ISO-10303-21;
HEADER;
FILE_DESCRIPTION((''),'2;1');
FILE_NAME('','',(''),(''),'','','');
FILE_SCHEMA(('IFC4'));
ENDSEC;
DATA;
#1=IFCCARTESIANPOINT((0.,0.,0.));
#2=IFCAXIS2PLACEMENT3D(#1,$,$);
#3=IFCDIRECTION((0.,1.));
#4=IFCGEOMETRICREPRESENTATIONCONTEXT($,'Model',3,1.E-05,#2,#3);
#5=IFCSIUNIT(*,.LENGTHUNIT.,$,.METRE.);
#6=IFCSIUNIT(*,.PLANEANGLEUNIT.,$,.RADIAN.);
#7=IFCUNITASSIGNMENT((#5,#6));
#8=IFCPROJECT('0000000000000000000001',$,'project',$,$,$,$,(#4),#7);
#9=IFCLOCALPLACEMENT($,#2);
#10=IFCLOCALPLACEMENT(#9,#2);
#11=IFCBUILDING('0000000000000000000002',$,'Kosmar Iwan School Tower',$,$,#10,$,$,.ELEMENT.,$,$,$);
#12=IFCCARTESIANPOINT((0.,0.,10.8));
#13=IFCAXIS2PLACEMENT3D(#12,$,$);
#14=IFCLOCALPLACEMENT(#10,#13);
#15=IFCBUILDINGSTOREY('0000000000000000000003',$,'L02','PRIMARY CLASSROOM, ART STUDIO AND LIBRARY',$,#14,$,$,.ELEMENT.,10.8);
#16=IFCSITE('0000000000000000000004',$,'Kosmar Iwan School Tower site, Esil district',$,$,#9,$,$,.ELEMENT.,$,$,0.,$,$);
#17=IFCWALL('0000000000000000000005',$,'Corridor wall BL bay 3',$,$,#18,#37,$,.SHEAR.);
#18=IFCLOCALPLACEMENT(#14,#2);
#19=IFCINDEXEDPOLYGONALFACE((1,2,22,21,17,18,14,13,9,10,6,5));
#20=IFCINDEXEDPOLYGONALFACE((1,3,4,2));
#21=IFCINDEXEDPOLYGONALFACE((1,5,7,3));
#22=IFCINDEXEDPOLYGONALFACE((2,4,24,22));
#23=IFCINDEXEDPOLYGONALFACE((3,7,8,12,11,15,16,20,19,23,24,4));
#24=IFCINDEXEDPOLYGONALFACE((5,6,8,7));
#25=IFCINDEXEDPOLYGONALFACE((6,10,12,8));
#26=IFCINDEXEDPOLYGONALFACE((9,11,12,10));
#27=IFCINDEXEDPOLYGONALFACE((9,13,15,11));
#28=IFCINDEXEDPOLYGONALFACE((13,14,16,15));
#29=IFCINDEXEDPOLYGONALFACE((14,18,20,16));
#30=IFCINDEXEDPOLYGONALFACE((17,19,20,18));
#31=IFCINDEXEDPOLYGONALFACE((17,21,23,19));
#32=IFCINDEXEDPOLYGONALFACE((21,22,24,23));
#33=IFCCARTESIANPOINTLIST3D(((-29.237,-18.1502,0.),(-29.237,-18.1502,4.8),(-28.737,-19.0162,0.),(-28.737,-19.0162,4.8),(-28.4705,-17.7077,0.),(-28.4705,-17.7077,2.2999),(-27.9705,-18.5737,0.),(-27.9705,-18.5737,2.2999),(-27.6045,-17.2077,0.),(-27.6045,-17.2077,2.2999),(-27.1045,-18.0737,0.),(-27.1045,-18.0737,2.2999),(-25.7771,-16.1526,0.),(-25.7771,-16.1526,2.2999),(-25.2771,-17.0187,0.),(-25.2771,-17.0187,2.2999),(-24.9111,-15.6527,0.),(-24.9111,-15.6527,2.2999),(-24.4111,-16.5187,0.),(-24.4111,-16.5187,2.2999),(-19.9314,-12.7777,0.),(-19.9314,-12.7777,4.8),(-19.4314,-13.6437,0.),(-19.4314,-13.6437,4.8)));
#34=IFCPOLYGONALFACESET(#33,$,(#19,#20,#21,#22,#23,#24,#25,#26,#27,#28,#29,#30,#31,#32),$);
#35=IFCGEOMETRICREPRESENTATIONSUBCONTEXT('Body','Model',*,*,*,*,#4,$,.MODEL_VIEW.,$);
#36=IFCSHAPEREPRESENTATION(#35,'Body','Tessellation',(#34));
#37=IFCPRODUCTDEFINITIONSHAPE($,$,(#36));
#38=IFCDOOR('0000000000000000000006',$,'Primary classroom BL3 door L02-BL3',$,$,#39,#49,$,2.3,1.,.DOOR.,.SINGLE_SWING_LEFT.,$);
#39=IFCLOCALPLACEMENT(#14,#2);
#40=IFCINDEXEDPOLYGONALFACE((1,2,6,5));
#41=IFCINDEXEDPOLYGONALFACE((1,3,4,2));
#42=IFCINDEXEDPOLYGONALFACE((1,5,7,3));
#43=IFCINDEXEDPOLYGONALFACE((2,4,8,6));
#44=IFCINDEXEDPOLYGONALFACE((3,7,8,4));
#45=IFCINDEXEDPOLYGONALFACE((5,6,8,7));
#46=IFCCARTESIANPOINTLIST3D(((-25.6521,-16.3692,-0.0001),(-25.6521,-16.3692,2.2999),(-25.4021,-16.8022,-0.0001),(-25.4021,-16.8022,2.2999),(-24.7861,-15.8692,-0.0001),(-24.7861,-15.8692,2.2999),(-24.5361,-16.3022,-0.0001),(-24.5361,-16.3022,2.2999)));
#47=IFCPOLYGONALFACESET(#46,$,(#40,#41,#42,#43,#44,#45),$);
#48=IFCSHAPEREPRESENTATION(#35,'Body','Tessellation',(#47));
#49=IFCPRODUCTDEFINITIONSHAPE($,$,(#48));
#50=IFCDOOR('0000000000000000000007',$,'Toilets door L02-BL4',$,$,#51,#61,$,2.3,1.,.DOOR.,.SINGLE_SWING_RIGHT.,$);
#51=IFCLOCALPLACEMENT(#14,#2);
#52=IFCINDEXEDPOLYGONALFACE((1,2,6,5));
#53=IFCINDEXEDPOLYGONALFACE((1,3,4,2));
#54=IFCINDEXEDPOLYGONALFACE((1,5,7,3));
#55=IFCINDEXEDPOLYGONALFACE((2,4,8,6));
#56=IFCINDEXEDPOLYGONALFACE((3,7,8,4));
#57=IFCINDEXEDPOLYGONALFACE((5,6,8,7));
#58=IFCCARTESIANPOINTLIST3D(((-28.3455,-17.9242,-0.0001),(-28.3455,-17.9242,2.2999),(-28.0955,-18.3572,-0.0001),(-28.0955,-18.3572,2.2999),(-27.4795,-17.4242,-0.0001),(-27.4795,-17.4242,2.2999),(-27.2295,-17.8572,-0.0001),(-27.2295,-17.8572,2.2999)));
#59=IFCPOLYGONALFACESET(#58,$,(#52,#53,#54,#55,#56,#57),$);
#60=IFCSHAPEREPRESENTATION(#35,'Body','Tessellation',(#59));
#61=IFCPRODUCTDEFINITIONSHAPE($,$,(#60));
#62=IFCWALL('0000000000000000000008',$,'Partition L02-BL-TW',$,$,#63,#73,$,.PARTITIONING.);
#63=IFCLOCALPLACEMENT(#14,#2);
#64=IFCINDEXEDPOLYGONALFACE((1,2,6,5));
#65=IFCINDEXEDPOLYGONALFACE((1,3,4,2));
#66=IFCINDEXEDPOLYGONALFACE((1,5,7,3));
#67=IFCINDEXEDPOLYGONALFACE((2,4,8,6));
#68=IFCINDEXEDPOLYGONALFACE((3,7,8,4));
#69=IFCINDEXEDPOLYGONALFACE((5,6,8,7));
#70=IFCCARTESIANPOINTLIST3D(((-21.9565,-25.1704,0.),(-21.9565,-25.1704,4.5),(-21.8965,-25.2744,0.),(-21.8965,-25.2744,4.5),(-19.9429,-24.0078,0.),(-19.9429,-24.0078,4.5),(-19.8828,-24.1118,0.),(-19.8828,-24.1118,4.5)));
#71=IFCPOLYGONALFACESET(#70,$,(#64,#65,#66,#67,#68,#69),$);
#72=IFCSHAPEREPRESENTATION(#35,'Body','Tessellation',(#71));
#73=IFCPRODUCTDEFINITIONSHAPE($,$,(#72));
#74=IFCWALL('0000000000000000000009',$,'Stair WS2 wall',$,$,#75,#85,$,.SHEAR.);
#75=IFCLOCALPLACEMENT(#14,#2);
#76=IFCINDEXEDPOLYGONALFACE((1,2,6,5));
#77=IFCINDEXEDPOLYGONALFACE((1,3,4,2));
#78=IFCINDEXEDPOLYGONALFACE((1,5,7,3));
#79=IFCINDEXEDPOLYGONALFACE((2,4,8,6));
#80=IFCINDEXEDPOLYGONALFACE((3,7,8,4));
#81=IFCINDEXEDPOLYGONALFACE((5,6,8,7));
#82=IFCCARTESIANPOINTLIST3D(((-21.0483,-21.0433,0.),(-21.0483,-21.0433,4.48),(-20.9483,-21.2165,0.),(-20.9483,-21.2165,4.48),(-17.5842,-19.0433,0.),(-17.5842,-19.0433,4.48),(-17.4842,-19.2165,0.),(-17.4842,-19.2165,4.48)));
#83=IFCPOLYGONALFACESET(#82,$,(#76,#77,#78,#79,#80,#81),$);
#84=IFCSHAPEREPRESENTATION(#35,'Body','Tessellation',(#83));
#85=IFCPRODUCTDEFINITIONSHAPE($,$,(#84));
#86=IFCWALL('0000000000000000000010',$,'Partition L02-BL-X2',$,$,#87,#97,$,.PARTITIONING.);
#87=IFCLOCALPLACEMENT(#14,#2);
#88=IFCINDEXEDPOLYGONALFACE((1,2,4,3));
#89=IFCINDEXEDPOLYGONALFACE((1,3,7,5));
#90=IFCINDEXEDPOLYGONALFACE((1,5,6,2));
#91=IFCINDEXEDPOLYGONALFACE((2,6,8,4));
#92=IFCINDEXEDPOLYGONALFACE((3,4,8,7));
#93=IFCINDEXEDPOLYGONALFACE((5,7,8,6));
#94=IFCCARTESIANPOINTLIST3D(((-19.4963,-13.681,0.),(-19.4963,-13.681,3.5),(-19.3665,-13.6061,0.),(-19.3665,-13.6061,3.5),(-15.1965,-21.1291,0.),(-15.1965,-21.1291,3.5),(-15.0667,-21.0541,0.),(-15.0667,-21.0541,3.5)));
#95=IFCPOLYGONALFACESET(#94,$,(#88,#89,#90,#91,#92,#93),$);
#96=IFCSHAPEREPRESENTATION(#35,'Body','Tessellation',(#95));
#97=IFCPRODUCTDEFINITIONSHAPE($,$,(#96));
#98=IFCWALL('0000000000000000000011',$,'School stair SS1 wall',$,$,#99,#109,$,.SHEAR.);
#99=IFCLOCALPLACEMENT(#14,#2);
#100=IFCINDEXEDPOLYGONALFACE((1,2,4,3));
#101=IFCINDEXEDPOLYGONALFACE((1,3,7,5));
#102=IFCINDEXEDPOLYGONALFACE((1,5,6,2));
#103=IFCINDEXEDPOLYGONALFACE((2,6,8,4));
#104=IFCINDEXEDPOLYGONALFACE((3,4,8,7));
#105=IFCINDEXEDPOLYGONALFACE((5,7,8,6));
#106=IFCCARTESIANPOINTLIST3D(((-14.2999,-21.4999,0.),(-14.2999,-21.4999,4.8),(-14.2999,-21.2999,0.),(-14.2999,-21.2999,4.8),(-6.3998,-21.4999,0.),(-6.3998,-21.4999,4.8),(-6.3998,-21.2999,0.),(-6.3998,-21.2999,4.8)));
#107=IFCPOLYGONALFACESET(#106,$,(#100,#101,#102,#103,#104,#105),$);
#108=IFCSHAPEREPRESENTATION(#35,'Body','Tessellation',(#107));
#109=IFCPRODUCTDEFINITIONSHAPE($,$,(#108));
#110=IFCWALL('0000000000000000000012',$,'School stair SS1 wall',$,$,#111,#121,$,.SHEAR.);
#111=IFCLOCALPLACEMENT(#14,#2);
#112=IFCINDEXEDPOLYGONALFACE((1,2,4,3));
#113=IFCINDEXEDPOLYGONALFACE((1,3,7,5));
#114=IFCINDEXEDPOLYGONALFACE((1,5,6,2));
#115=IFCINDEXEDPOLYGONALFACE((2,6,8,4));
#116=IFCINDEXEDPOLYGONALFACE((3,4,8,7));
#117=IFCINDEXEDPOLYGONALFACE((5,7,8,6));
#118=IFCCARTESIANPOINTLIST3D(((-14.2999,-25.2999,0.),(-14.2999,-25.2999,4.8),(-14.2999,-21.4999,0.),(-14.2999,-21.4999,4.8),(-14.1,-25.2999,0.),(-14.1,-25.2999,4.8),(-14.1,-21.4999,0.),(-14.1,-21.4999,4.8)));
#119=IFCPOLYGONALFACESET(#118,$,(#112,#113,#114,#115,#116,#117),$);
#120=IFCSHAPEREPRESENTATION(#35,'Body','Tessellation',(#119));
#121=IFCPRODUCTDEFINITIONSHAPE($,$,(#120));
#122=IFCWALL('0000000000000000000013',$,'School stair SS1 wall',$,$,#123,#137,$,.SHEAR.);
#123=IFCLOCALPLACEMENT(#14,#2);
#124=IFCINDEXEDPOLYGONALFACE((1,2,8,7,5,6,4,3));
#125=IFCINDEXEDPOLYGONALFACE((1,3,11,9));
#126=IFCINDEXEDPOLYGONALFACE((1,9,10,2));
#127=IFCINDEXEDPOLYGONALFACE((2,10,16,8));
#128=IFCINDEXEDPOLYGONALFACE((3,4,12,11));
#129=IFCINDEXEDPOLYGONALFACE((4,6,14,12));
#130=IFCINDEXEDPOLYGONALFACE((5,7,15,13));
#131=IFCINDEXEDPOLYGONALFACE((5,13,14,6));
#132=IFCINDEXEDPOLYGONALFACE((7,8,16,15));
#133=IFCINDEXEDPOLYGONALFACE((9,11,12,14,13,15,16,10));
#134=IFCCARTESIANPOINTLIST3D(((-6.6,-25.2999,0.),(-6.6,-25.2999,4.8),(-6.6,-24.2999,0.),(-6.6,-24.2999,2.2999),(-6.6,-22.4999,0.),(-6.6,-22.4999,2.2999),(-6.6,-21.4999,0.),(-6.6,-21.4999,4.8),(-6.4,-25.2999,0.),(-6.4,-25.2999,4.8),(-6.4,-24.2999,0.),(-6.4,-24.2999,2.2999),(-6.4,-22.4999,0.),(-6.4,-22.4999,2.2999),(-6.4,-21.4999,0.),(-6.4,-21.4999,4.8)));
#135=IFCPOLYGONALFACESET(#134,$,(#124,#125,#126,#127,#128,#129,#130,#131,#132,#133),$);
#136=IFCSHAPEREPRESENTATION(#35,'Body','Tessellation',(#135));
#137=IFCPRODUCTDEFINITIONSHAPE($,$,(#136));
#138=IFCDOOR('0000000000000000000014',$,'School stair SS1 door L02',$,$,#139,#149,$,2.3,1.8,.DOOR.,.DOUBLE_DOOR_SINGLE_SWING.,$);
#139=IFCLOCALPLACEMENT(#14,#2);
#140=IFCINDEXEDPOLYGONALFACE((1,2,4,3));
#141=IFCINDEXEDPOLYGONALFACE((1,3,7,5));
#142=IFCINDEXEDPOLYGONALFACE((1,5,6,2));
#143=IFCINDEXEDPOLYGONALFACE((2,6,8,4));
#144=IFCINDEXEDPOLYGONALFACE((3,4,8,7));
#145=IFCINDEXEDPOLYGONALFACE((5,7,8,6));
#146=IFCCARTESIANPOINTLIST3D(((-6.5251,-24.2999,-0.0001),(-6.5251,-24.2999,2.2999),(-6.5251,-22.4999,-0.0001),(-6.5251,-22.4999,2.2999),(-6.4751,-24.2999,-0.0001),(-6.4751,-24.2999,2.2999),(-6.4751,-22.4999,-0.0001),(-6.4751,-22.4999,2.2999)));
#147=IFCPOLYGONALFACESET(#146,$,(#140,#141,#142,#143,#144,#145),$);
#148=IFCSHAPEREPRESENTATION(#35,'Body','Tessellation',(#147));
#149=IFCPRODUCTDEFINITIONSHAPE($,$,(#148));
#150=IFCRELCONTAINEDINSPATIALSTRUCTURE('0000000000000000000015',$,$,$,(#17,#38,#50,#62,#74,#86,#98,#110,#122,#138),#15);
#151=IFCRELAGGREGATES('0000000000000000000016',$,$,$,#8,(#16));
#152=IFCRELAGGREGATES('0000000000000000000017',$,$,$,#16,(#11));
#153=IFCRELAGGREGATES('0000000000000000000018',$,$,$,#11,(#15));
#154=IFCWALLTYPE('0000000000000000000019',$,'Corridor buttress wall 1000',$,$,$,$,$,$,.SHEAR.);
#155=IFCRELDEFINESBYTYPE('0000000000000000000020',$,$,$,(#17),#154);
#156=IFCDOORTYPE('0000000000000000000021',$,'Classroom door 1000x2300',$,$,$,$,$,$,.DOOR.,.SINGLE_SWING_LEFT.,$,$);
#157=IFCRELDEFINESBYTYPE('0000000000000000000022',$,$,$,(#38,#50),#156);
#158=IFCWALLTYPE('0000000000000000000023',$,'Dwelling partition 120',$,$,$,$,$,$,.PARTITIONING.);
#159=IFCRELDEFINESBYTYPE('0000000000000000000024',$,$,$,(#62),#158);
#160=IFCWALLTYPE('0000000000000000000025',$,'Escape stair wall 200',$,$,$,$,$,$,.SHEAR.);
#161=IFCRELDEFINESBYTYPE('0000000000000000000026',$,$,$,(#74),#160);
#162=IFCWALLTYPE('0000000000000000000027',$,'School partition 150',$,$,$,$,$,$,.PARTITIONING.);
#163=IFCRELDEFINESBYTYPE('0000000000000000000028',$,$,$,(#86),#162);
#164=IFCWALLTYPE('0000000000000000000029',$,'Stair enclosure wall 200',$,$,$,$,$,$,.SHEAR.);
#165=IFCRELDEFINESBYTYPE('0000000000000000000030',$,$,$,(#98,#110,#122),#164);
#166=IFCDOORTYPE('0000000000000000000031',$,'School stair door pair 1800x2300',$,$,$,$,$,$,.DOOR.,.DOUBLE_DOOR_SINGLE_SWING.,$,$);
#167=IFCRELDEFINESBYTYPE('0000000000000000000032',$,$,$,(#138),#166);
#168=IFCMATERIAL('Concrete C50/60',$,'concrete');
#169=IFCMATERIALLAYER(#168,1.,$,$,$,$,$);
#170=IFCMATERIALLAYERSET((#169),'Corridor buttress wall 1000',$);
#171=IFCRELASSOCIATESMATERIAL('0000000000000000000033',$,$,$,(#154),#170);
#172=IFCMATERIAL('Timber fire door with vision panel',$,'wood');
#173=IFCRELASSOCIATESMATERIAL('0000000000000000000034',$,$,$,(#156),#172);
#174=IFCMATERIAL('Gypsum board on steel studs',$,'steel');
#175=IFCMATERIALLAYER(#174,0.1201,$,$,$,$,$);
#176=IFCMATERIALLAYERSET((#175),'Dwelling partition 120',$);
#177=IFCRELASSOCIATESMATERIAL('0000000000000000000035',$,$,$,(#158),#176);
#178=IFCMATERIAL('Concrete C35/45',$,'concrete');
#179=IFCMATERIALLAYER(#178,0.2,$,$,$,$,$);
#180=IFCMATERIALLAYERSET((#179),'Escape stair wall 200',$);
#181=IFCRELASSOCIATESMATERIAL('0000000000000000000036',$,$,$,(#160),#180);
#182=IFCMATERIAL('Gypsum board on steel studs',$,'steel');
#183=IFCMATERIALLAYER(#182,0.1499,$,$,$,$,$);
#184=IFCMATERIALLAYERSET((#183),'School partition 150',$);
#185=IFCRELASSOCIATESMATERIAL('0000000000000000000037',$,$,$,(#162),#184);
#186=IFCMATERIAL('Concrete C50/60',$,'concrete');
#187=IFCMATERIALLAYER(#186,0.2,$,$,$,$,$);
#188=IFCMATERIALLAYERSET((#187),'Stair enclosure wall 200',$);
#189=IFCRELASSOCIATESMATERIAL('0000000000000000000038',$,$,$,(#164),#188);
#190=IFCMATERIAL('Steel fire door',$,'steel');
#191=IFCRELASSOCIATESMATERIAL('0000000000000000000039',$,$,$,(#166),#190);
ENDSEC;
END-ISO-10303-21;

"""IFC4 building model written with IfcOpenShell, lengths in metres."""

from ifc_helpers import new_model, si_unit, direction, frame, frame_2d, origin, place, context, subcontext, project, spatial, rectangle, extrude, material, layer, layer_set, type_object, element, fill, save


model = new_model("IFC4")

# Units and contexts
model_context = context("Model", 3, precision=1e-05, world=origin(), true_north=direction((0.0, 1.0)))
body_context = subcontext(model_context, "Body", "Model", "MODEL_VIEW")
ifc_project = project(units=[si_unit("LENGTHUNIT", "METRE"), si_unit("PLANEANGLEUNIT", "RADIAN")], contexts=[model_context])

# Site, building, storey
site_placement = place(None, origin())
site = spatial("IfcSite", under=ifc_project, at=site_placement, Name="Kosmar Iwan School Tower site, Esil district", CompositionType="ELEMENT", RefElevation=0.0)
building_placement = place(site_placement, origin())
building = spatial("IfcBuilding", under=site, at=building_placement, Name="Kosmar Iwan School Tower", CompositionType="ELEMENT")
storey_placement = place(building_placement, frame((0.0, 0.0, 10.8)))
storey = spatial("IfcBuildingStorey", under=building, at=storey_placement, Name="L02", Description="PRIMARY CLASSROOM, ART STUDIO AND LIBRARY", CompositionType="ELEMENT", Elevation=10.8)

# Wall, openings, doors
ifc_material_1 = material(Name="Concrete C50/60", Category="concrete")
ifc_layer_1 = layer(ifc_material_1, 1.0)
ifc_layer_set_1 = layer_set([ifc_layer_1], Name="Corridor buttress wall 1000")
wall_type_1 = type_object("IfcWallType", Name="Corridor buttress wall 1000", PredefinedType="SHEAR", material=ifc_layer_set_1)
wall_1_placement = place(storey_placement, frame((-19.6814, -13.2107, 0.0), z_axis=(0.0, 0.0, 1.0), x_axis=(-0.866028, -0.499995, 0.0)))
wall_1 = element("IfcWall", 1, at=wall_1_placement, inside=storey, type_object=wall_type_1, Name="Corridor wall BL bay 3", PredefinedType="SHEAR", context=body_context, shape_type="SweptSolid", body=[
    extrude(rectangle(XDim=10.7451, YDim=1.0, at=frame_2d((5.3726, 0.0))), origin(), (0.0, 0.0, 1.0), 4.8),
])
opening_1_placement = place(wall_1_placement, frame((5.75, 0.0, 0.0)))
opening_1 = element("IfcOpeningElement", 2, at=opening_1_placement, cuts=wall_1, PredefinedType="OPENING", context=body_context, shape_type="SweptSolid", body=[
    extrude(rectangle(XDim=1.0, YDim=2.3, at=frame_2d((0.5, 1.1499))), frame((0.0, 0.512, 0.0), z_axis=(0.0, -1.0, 0.0), x_axis=(1.0, 0.0, 0.0)), (0.0, 0.0, 1.0), 1.0239),
])
opening_2_placement = place(wall_1_placement, frame((8.8601, 0.0, 0.0)))
opening_2 = element("IfcOpeningElement", 3, at=opening_2_placement, cuts=wall_1, PredefinedType="OPENING", context=body_context, shape_type="SweptSolid", body=[
    extrude(rectangle(XDim=1.0, YDim=2.3, at=frame_2d((0.5, 1.1499))), frame((0.0, 0.512, 0.0), z_axis=(0.0, -1.0, 0.0), x_axis=(1.0, 0.0, 0.0)), (0.0, 0.0, 1.0), 1.0239),
])
ifc_material_2 = material(Name="Timber fire door with vision panel", Category="wood")
door_type_1 = type_object("IfcDoorType", Name="Classroom door 1000x2300", OperationType="SINGLE_SWING_LEFT", PredefinedType="DOOR", material=ifc_material_2)
door_1_placement = place(opening_1_placement, origin())
door_1 = element("IfcDoor", 4, at=door_1_placement, inside=storey, type_object=door_type_1, Name="Primary classroom BL3 door L02-BL3", OperationType="SINGLE_SWING_LEFT", OverallHeight=2.3, OverallWidth=1.0, PredefinedType="DOOR", context=body_context, shape_type="SweptSolid", body=[
    extrude(rectangle(XDim=1.0, YDim=2.3, at=frame_2d((0.5, 1.1499))), frame((0.0, 0.25, 0.0), z_axis=(0.0, -1.0, 0.0), x_axis=(1.0, 0.0, 0.0)), (0.0, 0.0, 1.0), 0.5),
])
fill(opening_1, door_1)
door_2_placement = place(opening_2_placement, origin())
door_2 = element("IfcDoor", 5, at=door_2_placement, inside=storey, type_object=door_type_1, Name="Toilets door L02-BL4", OperationType="SINGLE_SWING_RIGHT", OverallHeight=2.3, OverallWidth=1.0, PredefinedType="DOOR", context=body_context, shape_type="SweptSolid", body=[
    extrude(rectangle(XDim=1.0, YDim=2.3, at=frame_2d((0.5, 1.1499))), frame((0.0, 0.25, 0.0), z_axis=(0.0, -1.0, 0.0), x_axis=(1.0, 0.0, 0.0)), (0.0, 0.0, 1.0), 0.5),
])
fill(opening_2, door_2)

# Walls
ifc_material_3 = material(Name="Gypsum board on steel studs", Category="steel")
ifc_layer_2 = layer(ifc_material_3, 0.1201)
ifc_layer_set_2 = layer_set([ifc_layer_2], Name="Dwelling partition 120")
wall_type_2 = type_object("IfcWallType", Name="Dwelling partition 120", PredefinedType="PARTITIONING", material=ifc_layer_set_2)
wall_2_placement = place(storey_placement, frame((-19.9128, -24.0598, 0.0), z_axis=(0.0, 0.0, 1.0), x_axis=(-0.866025, -0.500001, 0.0)))
element("IfcWall", 6, at=wall_2_placement, inside=storey, type_object=wall_type_2, Name="Partition L02-BL-TW", PredefinedType="PARTITIONING", context=body_context, shape_type="SweptSolid", body=[
    extrude(rectangle(XDim=2.3252, YDim=0.1201, at=frame_2d((1.1626, 0.0))), origin(), (0.0, 0.0, 1.0), 4.5),
])
ifc_material_4 = material(Name="Concrete C35/45", Category="concrete")
ifc_layer_3 = layer(ifc_material_4, 0.2)
ifc_layer_set_3 = layer_set([ifc_layer_3], Name="Escape stair wall 200")
wall_type_3 = type_object("IfcWallType", Name="Escape stair wall 200", PredefinedType="SHEAR", material=ifc_layer_set_3)
wall_3_placement = place(storey_placement, frame((-17.5342, -19.1299, 0.0), z_axis=(0.0, 0.0, 1.0), x_axis=(-0.866026, -0.499999, 0.0)))
element("IfcWall", 7, at=wall_3_placement, inside=storey, type_object=wall_type_3, Name="Stair WS2 wall", PredefinedType="SHEAR", context=body_context, shape_type="SweptSolid", body=[
    extrude(rectangle(XDim=4.0, YDim=0.2, at=frame_2d((2.0, 0.0))), origin(), (0.0, 0.0, 1.0), 4.48),
])
ifc_material_5 = material(Name="Gypsum board on steel studs", Category="steel")
ifc_layer_4 = layer(ifc_material_5, 0.1499)
ifc_layer_set_4 = layer_set([ifc_layer_4], Name="School partition 150")
wall_type_4 = type_object("IfcWallType", Name="School partition 150", PredefinedType="PARTITIONING", material=ifc_layer_set_4)
wall_4_placement = place(storey_placement, frame((-19.4314, -13.6436, 0.0), z_axis=(0.0, 0.0, 1.0), x_axis=(0.499974, -0.86604, 0.0)))
element("IfcWall", 8, at=wall_4_placement, inside=storey, type_object=wall_type_4, Name="Partition L02-BL-X2", PredefinedType="PARTITIONING", context=body_context, shape_type="SweptSolid", body=[
    extrude(rectangle(XDim=8.6001, YDim=0.1499, at=frame_2d((4.3, 0.0))), origin(), (0.0, 0.0, 1.0), 3.5),
])
ifc_material_6 = material(Name="Concrete C50/60", Category="concrete")
ifc_layer_5 = layer(ifc_material_6, 0.2)
ifc_layer_set_5 = layer_set([ifc_layer_5], Name="Stair enclosure wall 200")
wall_type_5 = type_object("IfcWallType", Name="Stair enclosure wall 200", PredefinedType="SHEAR", material=ifc_layer_set_5)
wall_5_placement = place(storey_placement, frame((-14.3, -21.3999, 0.0), z_axis=(0.0, 0.0, 1.0), x_axis=(1.0, 0.0, 0.0)))
element("IfcWall", 9, at=wall_5_placement, inside=storey, type_object=wall_type_5, Name="School stair SS1 wall", PredefinedType="SHEAR", context=body_context, shape_type="SweptSolid", body=[
    extrude(rectangle(XDim=7.9001, YDim=0.2, at=frame_2d((3.9502, 0.0))), origin(), (0.0, 0.0, 1.0), 4.8),
])
wall_6_placement = place(storey_placement, frame((-14.2, -21.5, 0.0), z_axis=(0.0, 0.0, 1.0), x_axis=(0.0, -1.0, 0.0)))
element("IfcWall", 10, at=wall_6_placement, inside=storey, type_object=wall_type_5, Name="School stair SS1 wall", PredefinedType="SHEAR", context=body_context, shape_type="SweptSolid", body=[
    extrude(rectangle(XDim=3.8, YDim=0.2, at=frame_2d((1.8999, 0.0))), origin(), (0.0, 0.0, 1.0), 4.8),
])

# Wall, opening, door
wall_7_placement = place(storey_placement, frame((-6.5, -21.5, 0.0), z_axis=(0.0, 0.0, 1.0), x_axis=(0.0, -1.0, 0.0)))
wall_7 = element("IfcWall", 11, at=wall_7_placement, inside=storey, type_object=wall_type_5, Name="School stair SS1 wall", PredefinedType="SHEAR", context=body_context, shape_type="SweptSolid", body=[
    extrude(rectangle(XDim=3.8, YDim=0.2, at=frame_2d((1.8999, 0.0))), origin(), (0.0, 0.0, 1.0), 4.8),
])
opening_3_placement = place(wall_7_placement, frame((1.0, 0.0, 0.0)))
opening_3 = element("IfcOpeningElement", 12, at=opening_3_placement, cuts=wall_7, PredefinedType="OPENING", context=body_context, shape_type="SweptSolid", body=[
    extrude(rectangle(XDim=1.8, YDim=2.3, at=frame_2d((0.8999, 1.1499))), frame((0.0, 0.1121, 0.0), z_axis=(0.0, -1.0, 0.0), x_axis=(1.0, 0.0, 0.0)), (0.0, 0.0, 1.0), 0.2239),
])
ifc_material_7 = material(Name="Steel fire door", Category="steel")
door_type_2 = type_object("IfcDoorType", Name="School stair door pair 1800x2300", OperationType="DOUBLE_DOOR_SINGLE_SWING", PredefinedType="DOOR", material=ifc_material_7)
door_3_placement = place(opening_3_placement, origin())
door_3 = element("IfcDoor", 13, at=door_3_placement, inside=storey, type_object=door_type_2, Name="School stair SS1 door L02", OperationType="DOUBLE_DOOR_SINGLE_SWING", OverallHeight=2.3, OverallWidth=1.8, PredefinedType="DOOR", context=body_context, shape_type="SweptSolid", body=[
    extrude(rectangle(XDim=1.8, YDim=2.3, at=frame_2d((0.8999, 1.1499))), frame((0.0, 0.0249, 0.0), z_axis=(0.0, -1.0, 0.0), x_axis=(1.0, 0.0, 0.0)), (0.0, 0.0, 1.0), 0.05),
])
fill(opening_3, door_3)

save(model, "model.ifc")
